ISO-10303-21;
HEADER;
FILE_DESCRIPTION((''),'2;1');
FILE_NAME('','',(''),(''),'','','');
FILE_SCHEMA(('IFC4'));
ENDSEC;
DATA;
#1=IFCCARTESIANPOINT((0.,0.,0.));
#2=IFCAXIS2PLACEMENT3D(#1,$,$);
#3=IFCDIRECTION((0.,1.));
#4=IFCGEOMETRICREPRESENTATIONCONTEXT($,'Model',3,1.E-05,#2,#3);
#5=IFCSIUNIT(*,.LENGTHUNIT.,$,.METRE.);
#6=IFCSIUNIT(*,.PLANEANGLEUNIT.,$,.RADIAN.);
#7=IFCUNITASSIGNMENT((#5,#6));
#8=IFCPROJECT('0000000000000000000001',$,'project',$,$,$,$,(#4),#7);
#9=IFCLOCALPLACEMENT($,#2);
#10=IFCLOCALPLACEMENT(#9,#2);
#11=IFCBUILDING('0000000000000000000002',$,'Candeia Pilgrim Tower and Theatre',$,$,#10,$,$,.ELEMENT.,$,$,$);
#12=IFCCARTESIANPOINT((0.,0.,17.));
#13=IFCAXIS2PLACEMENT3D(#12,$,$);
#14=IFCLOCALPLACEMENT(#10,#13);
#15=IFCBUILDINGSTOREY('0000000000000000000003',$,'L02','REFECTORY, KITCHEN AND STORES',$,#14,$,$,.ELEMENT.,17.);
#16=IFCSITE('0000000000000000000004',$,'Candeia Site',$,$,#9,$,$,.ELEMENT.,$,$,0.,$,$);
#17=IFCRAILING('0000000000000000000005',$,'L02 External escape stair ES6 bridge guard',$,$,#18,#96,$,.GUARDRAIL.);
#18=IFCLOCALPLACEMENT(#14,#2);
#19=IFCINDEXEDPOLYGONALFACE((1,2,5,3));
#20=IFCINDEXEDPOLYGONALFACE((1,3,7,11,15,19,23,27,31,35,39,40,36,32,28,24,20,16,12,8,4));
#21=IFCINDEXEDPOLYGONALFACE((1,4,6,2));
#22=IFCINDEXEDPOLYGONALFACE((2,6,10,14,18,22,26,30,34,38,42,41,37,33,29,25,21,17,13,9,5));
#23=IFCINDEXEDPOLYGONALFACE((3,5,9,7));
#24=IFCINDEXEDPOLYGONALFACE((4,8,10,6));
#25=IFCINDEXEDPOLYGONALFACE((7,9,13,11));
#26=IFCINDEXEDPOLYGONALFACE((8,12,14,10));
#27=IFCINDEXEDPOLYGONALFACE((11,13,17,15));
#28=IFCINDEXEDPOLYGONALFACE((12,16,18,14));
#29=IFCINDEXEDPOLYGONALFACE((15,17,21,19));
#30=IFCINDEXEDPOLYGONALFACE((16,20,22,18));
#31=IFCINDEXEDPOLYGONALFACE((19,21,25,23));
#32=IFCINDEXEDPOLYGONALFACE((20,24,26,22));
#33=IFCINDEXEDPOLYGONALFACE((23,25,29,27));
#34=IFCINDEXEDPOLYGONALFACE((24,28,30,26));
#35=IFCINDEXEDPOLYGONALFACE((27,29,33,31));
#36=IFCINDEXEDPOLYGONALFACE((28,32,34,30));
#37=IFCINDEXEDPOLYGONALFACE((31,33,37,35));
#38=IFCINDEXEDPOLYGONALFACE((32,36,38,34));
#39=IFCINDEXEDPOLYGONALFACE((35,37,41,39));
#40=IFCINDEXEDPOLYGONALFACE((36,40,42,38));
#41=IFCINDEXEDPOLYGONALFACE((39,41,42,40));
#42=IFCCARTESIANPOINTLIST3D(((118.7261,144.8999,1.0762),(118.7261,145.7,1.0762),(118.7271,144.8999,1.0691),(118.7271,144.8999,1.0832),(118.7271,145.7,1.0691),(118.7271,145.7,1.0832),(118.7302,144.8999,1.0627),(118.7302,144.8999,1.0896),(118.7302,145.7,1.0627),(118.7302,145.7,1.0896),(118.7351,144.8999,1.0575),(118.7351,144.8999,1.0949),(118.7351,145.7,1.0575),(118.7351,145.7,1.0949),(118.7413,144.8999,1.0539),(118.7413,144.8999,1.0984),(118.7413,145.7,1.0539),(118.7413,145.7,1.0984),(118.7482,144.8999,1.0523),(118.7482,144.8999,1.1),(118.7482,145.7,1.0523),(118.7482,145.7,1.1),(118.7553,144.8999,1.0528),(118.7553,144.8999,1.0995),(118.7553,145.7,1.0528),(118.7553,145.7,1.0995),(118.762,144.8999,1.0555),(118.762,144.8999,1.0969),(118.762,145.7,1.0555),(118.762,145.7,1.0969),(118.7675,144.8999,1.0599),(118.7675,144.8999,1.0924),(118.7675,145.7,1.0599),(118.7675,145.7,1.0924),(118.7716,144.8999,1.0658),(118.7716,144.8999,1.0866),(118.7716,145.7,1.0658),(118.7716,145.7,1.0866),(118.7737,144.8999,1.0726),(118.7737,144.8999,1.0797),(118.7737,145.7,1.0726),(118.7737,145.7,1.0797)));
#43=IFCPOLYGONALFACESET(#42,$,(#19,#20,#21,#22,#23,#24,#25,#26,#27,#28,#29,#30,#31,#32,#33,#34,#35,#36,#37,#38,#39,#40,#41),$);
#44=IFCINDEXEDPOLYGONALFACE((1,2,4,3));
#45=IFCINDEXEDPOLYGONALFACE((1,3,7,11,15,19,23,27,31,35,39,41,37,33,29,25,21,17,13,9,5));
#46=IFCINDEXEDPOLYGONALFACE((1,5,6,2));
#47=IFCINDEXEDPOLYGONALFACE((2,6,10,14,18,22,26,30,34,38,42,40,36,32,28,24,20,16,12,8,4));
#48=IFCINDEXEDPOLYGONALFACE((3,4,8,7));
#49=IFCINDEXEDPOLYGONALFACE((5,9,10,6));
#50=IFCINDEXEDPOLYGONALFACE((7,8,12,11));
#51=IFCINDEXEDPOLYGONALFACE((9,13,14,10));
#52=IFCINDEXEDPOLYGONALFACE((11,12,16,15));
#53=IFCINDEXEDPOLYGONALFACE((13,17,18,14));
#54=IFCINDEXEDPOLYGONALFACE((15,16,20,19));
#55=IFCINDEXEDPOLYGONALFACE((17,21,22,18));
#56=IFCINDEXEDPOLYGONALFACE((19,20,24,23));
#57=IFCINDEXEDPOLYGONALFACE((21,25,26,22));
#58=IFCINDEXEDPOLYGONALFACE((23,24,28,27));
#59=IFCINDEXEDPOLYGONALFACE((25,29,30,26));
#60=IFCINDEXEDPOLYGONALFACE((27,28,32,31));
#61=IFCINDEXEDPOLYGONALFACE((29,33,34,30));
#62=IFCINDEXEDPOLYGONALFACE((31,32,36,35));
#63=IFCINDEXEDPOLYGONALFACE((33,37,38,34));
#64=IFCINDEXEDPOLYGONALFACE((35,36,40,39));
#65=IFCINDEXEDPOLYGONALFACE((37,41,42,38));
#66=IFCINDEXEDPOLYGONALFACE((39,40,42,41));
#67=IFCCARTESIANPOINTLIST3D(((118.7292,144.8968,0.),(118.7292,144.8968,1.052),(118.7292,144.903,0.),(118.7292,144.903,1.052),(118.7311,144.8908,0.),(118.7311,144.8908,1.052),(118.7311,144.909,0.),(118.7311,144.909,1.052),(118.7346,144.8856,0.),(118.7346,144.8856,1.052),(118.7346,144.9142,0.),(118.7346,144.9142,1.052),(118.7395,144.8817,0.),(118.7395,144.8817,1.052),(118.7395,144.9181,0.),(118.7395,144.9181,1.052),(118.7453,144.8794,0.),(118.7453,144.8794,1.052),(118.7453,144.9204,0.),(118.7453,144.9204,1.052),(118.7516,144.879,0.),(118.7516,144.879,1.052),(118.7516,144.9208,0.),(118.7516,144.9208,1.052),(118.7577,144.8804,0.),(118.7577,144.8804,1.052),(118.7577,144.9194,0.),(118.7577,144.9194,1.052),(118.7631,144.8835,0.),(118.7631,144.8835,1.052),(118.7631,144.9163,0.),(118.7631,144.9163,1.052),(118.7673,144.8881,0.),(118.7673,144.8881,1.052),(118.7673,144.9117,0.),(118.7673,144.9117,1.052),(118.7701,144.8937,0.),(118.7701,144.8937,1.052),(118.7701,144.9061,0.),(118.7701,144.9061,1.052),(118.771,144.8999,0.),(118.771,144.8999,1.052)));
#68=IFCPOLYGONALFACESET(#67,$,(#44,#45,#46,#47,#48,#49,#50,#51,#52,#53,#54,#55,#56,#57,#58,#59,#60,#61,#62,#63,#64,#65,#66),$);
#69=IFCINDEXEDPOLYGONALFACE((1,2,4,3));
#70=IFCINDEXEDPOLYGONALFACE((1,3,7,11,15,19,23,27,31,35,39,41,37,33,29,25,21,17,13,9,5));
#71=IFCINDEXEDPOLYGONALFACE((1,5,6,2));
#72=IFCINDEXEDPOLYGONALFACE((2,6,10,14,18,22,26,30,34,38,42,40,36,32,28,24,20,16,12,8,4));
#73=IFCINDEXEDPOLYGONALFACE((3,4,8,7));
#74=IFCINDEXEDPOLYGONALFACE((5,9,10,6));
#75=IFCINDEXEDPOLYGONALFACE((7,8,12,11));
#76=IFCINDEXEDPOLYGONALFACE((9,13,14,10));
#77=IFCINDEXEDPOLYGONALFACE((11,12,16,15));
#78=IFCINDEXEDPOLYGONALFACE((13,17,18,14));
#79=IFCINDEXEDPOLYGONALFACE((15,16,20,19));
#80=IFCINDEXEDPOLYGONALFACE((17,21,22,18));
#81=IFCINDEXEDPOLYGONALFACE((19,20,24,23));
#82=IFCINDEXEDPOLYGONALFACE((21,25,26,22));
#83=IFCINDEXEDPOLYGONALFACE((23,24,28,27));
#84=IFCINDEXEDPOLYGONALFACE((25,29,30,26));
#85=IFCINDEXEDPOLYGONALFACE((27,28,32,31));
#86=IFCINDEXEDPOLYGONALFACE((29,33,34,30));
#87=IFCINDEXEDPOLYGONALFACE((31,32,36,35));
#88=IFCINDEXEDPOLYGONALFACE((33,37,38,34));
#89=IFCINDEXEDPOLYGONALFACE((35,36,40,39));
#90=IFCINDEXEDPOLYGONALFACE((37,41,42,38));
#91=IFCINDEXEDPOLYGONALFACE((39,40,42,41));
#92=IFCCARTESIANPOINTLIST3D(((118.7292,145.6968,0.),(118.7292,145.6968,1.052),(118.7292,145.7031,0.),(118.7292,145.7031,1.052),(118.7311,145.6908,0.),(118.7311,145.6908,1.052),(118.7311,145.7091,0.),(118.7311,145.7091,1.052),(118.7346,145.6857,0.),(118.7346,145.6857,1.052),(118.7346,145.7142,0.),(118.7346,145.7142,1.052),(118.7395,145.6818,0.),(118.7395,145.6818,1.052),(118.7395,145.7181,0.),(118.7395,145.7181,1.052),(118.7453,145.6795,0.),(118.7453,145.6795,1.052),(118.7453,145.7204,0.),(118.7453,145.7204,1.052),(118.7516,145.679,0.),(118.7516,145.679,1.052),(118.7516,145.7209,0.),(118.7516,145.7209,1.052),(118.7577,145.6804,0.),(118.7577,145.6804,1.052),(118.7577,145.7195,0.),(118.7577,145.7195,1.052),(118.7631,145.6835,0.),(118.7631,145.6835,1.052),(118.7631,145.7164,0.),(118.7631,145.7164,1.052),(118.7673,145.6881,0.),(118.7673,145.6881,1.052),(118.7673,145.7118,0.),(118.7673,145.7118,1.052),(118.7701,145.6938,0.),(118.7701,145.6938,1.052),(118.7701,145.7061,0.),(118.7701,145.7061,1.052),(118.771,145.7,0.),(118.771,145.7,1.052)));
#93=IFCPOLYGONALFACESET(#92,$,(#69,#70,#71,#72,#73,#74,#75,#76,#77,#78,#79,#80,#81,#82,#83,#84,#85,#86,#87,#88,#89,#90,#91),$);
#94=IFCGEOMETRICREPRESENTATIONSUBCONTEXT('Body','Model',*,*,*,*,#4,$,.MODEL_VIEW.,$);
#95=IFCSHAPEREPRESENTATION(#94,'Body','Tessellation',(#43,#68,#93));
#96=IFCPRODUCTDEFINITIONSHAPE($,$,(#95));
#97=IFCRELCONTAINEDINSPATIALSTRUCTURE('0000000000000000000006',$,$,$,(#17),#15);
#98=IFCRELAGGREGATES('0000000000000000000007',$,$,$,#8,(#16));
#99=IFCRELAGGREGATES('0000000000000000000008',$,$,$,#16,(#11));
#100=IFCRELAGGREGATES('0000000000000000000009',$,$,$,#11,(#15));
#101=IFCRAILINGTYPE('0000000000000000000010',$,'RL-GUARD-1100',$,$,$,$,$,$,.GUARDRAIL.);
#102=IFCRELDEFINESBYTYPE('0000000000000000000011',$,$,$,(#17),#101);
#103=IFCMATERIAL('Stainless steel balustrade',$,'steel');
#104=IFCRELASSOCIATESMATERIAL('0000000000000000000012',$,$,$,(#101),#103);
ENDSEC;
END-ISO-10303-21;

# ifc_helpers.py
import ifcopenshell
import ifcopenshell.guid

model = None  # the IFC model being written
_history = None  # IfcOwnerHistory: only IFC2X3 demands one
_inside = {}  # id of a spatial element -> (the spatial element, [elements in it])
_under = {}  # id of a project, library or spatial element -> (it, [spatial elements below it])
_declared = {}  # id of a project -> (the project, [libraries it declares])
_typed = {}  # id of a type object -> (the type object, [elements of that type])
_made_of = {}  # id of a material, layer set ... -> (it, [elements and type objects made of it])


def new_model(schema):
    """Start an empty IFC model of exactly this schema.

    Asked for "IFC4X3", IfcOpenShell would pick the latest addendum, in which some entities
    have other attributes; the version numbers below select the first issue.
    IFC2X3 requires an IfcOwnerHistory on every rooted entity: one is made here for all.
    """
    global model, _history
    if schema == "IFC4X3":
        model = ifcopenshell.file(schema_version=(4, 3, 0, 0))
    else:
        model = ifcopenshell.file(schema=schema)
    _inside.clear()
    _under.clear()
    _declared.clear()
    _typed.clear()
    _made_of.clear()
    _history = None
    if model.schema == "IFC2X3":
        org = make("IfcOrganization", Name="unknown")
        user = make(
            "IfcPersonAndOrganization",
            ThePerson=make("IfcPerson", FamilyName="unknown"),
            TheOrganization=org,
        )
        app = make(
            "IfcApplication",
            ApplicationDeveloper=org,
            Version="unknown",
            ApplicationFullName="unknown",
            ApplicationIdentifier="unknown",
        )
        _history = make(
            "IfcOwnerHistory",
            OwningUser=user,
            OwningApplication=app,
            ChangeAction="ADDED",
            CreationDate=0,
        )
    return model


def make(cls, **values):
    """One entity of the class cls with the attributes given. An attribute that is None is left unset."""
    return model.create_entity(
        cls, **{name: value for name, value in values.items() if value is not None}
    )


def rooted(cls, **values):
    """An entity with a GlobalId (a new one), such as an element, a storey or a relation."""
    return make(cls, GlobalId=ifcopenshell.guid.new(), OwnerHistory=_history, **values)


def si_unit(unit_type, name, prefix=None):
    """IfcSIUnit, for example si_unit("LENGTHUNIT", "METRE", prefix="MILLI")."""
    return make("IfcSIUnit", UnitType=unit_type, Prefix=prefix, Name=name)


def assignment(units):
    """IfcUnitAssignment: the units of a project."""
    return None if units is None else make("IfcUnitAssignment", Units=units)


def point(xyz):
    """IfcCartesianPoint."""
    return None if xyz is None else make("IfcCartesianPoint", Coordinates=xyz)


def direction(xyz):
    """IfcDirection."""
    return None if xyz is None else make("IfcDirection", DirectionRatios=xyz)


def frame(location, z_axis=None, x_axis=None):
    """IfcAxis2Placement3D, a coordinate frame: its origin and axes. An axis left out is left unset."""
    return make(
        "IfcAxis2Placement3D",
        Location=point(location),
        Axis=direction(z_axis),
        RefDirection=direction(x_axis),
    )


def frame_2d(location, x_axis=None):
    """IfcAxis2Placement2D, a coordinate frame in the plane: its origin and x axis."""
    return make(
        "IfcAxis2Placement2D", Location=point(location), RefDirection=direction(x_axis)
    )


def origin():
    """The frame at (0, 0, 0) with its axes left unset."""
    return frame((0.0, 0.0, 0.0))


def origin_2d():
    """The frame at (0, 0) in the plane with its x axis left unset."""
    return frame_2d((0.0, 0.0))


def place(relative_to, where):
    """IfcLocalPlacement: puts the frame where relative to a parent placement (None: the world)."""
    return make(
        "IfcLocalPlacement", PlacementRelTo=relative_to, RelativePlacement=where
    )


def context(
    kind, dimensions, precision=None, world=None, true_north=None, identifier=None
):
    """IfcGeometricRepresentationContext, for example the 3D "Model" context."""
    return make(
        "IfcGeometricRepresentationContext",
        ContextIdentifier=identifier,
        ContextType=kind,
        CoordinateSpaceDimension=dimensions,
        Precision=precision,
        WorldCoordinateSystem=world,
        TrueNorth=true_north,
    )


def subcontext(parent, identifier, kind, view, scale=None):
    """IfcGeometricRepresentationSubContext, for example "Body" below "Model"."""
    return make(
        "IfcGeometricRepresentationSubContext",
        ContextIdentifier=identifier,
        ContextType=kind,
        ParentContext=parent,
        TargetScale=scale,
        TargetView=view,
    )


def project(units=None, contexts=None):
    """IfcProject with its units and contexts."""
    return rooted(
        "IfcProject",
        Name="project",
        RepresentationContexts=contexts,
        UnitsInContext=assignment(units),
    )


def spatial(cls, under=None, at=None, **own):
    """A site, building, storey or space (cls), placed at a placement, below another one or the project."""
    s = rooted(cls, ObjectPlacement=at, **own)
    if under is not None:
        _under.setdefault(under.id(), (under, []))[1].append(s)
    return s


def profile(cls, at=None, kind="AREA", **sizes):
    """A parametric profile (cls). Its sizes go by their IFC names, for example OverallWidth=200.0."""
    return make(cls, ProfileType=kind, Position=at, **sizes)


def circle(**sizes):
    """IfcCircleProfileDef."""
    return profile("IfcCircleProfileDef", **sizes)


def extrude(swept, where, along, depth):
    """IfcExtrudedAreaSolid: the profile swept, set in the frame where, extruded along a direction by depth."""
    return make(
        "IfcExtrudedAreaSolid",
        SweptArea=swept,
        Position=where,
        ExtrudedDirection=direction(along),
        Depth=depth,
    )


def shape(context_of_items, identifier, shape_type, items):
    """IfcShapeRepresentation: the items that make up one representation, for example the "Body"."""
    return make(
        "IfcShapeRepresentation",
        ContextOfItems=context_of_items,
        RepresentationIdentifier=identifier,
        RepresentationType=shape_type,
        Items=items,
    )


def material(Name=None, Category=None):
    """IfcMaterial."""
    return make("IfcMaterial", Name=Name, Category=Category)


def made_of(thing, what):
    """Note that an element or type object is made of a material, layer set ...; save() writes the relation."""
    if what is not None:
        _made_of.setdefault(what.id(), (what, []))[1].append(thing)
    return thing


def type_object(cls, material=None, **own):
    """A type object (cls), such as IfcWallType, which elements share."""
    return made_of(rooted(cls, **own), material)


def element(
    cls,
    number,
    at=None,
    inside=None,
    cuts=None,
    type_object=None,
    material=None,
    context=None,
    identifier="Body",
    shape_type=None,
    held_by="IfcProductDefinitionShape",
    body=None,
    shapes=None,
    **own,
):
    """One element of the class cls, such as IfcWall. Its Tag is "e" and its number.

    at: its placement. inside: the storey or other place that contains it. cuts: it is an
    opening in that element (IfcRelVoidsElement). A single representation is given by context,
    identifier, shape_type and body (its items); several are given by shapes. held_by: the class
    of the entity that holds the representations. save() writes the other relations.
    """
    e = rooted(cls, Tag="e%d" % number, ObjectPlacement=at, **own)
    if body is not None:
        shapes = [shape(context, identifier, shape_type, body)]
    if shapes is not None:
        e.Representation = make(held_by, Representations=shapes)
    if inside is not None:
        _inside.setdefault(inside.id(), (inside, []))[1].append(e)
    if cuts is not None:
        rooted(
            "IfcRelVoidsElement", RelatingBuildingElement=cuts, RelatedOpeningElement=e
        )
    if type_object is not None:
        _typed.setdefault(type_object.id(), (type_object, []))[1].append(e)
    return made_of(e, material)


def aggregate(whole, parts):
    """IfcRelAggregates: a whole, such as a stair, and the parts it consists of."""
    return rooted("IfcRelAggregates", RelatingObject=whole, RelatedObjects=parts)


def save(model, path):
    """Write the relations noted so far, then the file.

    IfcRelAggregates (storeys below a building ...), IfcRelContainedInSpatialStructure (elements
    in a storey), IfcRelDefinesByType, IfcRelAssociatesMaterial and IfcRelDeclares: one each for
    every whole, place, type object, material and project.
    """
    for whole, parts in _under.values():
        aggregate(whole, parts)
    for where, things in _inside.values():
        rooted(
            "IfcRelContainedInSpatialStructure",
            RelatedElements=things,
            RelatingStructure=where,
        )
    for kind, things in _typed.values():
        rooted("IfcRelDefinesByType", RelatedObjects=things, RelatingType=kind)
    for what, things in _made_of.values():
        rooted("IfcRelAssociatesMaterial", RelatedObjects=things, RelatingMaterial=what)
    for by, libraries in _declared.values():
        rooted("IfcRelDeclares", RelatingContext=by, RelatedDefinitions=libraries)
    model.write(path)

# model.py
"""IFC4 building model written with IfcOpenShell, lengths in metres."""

from ifc_helpers import new_model, si_unit, direction, frame, origin, origin_2d, place, context, subcontext, project, spatial, circle, extrude, material, type_object, element, save


model = new_model("IFC4")

# Units and contexts
model_context = context("Model", 3, precision=1e-05, world=origin(), true_north=direction((0.0, 1.0)))
body_context = subcontext(model_context, "Body", "Model", "MODEL_VIEW")
ifc_project = project(units=[si_unit("LENGTHUNIT", "METRE"), si_unit("PLANEANGLEUNIT", "RADIAN")], contexts=[model_context])

# Site, building, storey
site_placement = place(None, origin())
site = spatial("IfcSite", under=ifc_project, at=site_placement, Name="Candeia Site", CompositionType="ELEMENT", RefElevation=0.0)
building_placement = place(site_placement, origin())
building = spatial("IfcBuilding", under=site, at=building_placement, Name="Candeia Pilgrim Tower and Theatre", CompositionType="ELEMENT")
storey_placement = place(building_placement, frame((0.0, 0.0, 17.0)))
storey = spatial("IfcBuildingStorey", under=building, at=storey_placement, Name="L02", Description="REFECTORY, KITCHEN AND STORES", CompositionType="ELEMENT", Elevation=17.0)

# Railing
ifc_material_1 = material(Name="Stainless steel balustrade", Category="steel")
railing_type_1 = type_object("IfcRailingType", Name="RL-GUARD-1100", PredefinedType="GUARDRAIL", material=ifc_material_1)
railing_1_placement = place(storey_placement, frame((118.75, 144.8999, 0.0)))
element("IfcRailing", 1, at=railing_1_placement, inside=storey, type_object=railing_type_1, Name="L02 External escape stair ES6 bridge guard", PredefinedType="GUARDRAIL", context=body_context, shape_type="SweptSolid", body=[
    extrude(circle(Radius=0.0239, at=origin_2d()), frame((0.0, 0.0, 1.0762), z_axis=(0.0, 1.0, 0.0), x_axis=(-1.0, 0.0, 0.0)), (0.0, 0.0, 1.0), 0.8),
    extrude(circle(Radius=0.021, at=origin_2d()), origin(), (0.0, 0.0, 1.0), 1.052),
    extrude(circle(Radius=0.021, at=origin_2d()), frame((0.0, 0.8, 0.0)), (0.0, 0.0, 1.0), 1.052),
])

save(model, "model.ifc")
